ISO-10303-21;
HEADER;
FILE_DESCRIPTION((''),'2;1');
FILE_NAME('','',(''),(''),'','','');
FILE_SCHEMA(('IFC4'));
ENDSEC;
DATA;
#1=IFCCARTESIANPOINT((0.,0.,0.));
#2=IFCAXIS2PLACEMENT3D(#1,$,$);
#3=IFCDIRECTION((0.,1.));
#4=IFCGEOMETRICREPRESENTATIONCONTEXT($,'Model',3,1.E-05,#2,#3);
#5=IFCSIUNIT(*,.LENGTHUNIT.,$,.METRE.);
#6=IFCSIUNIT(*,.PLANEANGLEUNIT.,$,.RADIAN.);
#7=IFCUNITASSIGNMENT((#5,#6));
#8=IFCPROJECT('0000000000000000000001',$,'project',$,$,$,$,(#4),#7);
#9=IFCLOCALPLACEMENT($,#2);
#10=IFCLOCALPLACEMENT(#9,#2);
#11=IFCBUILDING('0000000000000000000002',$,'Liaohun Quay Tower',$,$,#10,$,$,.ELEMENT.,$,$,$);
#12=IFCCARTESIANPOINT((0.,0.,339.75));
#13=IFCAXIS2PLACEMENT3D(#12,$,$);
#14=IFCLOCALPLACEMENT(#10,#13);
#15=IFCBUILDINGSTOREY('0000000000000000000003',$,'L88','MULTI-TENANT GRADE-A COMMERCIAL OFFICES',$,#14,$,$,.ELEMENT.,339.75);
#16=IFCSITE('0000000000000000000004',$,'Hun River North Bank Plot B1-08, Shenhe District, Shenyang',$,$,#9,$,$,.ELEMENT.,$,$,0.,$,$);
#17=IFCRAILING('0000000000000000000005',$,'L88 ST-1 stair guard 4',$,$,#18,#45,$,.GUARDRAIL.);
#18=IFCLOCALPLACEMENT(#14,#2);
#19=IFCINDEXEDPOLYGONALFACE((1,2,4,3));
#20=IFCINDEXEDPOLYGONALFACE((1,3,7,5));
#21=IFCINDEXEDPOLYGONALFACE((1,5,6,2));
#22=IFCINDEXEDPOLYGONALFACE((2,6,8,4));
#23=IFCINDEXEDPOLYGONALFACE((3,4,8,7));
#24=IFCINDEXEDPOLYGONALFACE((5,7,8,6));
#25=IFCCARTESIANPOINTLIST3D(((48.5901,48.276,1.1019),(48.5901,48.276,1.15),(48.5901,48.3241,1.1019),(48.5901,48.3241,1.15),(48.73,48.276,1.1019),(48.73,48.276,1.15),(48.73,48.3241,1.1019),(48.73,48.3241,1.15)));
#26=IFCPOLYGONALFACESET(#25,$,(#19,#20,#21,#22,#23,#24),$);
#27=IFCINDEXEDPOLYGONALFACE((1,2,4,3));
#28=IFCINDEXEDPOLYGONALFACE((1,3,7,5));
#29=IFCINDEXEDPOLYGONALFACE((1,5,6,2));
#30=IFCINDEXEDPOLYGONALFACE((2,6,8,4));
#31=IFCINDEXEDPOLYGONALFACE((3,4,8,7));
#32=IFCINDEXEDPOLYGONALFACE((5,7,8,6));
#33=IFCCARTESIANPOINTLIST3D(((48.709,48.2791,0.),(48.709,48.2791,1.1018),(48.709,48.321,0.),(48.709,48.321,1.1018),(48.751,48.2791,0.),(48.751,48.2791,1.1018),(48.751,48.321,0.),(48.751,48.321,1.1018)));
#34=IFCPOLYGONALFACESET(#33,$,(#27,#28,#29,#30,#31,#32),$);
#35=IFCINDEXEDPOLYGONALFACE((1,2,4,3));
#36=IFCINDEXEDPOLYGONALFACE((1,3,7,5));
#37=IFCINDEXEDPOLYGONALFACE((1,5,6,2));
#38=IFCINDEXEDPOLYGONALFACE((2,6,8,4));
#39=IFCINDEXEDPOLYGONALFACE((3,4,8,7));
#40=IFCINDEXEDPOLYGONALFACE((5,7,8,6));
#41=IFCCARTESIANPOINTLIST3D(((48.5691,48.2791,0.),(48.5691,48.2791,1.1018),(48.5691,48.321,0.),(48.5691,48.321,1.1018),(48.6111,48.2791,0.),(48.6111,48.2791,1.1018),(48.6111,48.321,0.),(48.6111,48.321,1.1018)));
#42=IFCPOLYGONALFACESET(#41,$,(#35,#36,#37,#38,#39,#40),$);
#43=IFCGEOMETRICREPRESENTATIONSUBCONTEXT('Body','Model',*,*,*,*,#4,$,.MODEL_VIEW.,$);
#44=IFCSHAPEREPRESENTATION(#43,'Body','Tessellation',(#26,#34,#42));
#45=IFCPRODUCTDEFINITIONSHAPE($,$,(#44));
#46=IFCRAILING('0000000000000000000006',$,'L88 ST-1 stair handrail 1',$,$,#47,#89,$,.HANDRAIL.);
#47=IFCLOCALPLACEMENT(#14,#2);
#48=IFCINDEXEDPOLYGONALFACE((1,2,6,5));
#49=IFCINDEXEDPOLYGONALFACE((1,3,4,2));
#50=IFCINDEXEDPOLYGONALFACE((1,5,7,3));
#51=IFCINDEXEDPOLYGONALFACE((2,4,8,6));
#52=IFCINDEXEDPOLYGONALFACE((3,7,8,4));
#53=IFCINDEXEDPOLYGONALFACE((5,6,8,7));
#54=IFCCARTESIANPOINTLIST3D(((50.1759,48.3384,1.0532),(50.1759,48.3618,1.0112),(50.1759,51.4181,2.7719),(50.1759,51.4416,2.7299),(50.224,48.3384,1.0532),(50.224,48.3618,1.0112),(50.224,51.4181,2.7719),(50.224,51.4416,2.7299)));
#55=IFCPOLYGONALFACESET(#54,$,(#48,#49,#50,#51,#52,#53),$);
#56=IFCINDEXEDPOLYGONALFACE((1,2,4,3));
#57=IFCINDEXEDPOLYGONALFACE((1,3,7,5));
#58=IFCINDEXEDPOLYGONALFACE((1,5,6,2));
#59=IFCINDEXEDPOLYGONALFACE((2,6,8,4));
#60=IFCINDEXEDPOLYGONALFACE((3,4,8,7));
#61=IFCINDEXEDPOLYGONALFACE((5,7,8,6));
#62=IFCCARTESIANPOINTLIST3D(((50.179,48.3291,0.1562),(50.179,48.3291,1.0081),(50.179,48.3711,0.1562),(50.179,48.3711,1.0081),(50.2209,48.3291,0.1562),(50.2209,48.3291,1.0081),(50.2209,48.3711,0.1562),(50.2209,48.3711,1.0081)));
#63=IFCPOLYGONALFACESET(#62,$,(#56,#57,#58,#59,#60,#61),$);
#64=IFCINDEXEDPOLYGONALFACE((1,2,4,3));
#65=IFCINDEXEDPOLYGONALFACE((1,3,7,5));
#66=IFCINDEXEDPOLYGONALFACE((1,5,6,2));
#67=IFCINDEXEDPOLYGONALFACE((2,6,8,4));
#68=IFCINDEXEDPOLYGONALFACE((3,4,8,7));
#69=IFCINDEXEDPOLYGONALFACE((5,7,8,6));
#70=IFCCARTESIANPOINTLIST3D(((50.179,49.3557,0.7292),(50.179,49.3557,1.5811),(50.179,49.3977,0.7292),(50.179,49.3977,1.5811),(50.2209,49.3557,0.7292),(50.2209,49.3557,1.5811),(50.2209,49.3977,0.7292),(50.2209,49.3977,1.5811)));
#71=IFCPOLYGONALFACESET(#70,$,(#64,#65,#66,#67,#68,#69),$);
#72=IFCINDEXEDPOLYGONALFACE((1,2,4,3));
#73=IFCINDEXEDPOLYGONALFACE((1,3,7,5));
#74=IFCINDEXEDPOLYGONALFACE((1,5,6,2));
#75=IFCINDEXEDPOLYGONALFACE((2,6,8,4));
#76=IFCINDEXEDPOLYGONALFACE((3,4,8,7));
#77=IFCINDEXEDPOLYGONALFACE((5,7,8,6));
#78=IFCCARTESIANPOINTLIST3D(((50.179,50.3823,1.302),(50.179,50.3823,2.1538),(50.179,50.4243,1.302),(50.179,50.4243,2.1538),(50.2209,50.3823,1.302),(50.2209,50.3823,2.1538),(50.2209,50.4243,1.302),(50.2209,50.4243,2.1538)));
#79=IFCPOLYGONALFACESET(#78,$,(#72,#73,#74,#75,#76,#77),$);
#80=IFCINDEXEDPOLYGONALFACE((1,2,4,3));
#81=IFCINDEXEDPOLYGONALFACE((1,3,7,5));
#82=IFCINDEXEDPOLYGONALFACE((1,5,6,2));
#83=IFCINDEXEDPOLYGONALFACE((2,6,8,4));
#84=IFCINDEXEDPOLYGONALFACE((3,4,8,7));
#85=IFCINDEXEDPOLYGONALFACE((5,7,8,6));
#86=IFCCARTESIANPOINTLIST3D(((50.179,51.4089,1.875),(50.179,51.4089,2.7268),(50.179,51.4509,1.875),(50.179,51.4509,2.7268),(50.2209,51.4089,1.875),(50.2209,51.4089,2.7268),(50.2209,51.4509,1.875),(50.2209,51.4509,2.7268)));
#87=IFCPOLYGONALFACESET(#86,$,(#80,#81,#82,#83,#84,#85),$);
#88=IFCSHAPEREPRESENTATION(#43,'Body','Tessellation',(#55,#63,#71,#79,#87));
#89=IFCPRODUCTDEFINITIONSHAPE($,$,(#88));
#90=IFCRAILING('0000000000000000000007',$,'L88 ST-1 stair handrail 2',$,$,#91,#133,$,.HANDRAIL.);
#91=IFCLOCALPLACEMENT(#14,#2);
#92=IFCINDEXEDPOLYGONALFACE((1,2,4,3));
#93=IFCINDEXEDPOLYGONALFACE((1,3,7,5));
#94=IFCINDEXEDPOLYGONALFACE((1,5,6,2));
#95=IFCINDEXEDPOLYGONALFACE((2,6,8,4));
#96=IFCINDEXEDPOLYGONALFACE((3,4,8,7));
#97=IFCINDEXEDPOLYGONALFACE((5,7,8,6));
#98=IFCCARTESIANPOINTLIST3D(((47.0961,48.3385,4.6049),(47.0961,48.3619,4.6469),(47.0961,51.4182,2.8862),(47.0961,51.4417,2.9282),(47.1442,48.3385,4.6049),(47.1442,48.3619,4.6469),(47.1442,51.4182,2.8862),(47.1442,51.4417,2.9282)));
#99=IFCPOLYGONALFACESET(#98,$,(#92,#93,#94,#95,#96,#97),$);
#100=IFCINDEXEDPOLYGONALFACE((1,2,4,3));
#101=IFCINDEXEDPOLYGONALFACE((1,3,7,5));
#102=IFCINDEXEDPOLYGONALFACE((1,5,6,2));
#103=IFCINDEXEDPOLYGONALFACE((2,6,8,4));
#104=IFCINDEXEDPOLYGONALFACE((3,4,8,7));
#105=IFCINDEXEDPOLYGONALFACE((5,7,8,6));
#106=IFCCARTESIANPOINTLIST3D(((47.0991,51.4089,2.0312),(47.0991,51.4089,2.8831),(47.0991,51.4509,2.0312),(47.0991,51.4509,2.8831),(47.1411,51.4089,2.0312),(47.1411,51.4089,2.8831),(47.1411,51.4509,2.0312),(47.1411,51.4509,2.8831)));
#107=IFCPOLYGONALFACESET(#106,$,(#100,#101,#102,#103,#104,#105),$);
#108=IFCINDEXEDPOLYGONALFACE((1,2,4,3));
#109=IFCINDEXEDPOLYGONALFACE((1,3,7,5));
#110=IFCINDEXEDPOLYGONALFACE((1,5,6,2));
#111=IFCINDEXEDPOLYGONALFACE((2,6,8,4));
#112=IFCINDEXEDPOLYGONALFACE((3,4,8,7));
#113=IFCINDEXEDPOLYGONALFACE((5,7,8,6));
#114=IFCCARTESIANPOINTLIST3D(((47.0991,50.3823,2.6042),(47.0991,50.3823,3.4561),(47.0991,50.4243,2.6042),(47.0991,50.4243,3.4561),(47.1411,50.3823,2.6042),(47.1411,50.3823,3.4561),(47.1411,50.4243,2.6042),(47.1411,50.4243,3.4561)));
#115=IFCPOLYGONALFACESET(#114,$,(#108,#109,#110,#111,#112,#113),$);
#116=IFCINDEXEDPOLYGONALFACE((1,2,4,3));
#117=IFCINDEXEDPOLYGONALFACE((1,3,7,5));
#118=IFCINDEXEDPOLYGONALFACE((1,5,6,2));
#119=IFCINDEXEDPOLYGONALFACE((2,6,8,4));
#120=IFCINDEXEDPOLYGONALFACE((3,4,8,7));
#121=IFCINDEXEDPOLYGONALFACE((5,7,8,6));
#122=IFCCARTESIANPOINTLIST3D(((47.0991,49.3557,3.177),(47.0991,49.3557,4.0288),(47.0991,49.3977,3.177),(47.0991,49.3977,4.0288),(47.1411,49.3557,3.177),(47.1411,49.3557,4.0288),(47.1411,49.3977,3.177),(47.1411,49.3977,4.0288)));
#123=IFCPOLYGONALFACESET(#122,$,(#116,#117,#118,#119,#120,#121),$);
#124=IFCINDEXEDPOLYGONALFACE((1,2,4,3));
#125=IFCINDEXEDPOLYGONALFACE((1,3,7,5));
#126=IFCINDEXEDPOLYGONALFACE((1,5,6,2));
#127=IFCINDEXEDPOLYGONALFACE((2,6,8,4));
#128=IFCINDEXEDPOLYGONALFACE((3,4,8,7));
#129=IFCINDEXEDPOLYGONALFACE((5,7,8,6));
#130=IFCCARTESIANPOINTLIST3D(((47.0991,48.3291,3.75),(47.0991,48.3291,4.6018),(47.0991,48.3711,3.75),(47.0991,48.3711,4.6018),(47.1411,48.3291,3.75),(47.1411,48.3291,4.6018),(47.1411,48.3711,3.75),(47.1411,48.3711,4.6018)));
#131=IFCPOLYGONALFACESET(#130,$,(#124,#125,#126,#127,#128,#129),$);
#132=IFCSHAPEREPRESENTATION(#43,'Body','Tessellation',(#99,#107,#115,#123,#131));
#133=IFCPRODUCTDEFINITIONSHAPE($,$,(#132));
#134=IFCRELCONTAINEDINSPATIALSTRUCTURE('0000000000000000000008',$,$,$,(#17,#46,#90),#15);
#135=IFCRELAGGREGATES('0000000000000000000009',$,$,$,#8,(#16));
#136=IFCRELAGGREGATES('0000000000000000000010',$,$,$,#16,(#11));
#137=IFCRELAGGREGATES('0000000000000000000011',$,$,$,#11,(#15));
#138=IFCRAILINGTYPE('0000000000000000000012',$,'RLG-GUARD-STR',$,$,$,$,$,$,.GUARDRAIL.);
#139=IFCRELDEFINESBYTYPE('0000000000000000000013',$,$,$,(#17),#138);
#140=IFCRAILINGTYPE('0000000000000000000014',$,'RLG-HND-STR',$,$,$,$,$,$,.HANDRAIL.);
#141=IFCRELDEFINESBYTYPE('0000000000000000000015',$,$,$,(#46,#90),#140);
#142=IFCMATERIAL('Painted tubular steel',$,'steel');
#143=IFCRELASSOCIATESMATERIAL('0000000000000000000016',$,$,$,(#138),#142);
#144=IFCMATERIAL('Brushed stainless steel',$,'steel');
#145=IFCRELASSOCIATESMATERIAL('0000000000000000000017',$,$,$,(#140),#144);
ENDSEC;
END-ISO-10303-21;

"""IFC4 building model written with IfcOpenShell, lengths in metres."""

from ifc_helpers import new_model, si_unit, direction, frame, origin, origin_2d, place, context, subcontext, project, spatial, rectangle, extrude, material, type_object, element, save


model = new_model("IFC4")

# Units and contexts
model_context = context("Model", 3, precision=1e-05, world=origin(), true_north=direction((0.0, 1.0)))
body_context = subcontext(model_context, "Body", "Model", "MODEL_VIEW")
ifc_project = project(units=[si_unit("LENGTHUNIT", "METRE"), si_unit("PLANEANGLEUNIT", "RADIAN")], contexts=[model_context])

# Site, building, storey
site_placement = place(None, origin())
site = spatial("IfcSite", under=ifc_project, at=site_placement, Name="Hun River North Bank Plot B1-08, Shenhe District, Shenyang", CompositionType="ELEMENT", RefElevation=0.0)
building_placement = place(site_placement, origin())
building = spatial("IfcBuilding", under=site, at=building_placement, Name="Liaohun Quay Tower", CompositionType="ELEMENT")
storey_placement = place(building_placement, frame((0.0, 0.0, 339.75)))
storey = spatial("IfcBuildingStorey", under=building, at=storey_placement, Name="L88", Description="MULTI-TENANT GRADE-A COMMERCIAL OFFICES", CompositionType="ELEMENT", Elevation=339.75)

# Railings
ifc_material_1 = material(Name="Painted tubular steel", Category="steel")
railing_type_1 = type_object("IfcRailingType", Name="RLG-GUARD-STR", PredefinedType="GUARDRAIL", material=ifc_material_1)
railing_1_placement = place(storey_placement, frame((48.73, 48.3, 0.0)))
element("IfcRailing", 1, at=railing_1_placement, inside=storey, type_object=railing_type_1, Name="L88 ST-1 stair guard 4", PredefinedType="GUARDRAIL", context=body_context, shape_type="SweptSolid", body=[
    extrude(rectangle(XDim=0.0481, YDim=0.0481, at=origin_2d()), frame((0.0, 0.0, 1.126), z_axis=(-1.0, 0.0, 0.0), x_axis=(0.0, -1.0, 0.0)), (0.0, 0.0, 1.0), 0.1399),
    extrude(rectangle(XDim=0.042, YDim=0.042, at=origin_2d()), origin(), (0.0, 0.0, 1.0), 1.1018),
    extrude(rectangle(XDim=0.042, YDim=0.042, at=origin_2d()), frame((-0.1399, 0.0, 0.0)), (0.0, 0.0, 1.0), 1.1018),
])
ifc_material_2 = material(Name="Brushed stainless steel", Category="steel")
railing_type_2 = type_object("IfcRailingType", Name="RLG-HND-STR", PredefinedType="HANDRAIL", material=ifc_material_2)
railing_2_placement = place(storey_placement, frame((50.2, 48.3501, 0.1562)))
element("IfcRailing", 2, at=railing_2_placement, inside=storey, type_object=railing_type_2, Name="L88 ST-1 stair handrail 1", PredefinedType="HANDRAIL", context=body_context, shape_type="SweptSolid", body=[
    extrude(rectangle(XDim=0.0481, YDim=0.0481, at=origin_2d()), frame((0.0, 0.0, 0.876), z_axis=(0.0, 0.873225, 0.487317), x_axis=(-1.0, 0.0, 0.0)), (0.0, 0.0, 1.0), 3.5269),
    extrude(rectangle(XDim=0.042, YDim=0.042, at=origin_2d()), origin(), (0.0, 0.0, 1.0), 0.8518),
    extrude(rectangle(XDim=0.042, YDim=0.042, at=origin_2d()), frame((0.0, 1.0266, 0.573)), (0.0, 0.0, 1.0), 0.8518),
    extrude(rectangle(XDim=0.042, YDim=0.042, at=origin_2d()), frame((0.0, 2.0532, 1.1458)), (0.0, 0.0, 1.0), 0.8518),
    extrude(rectangle(XDim=0.042, YDim=0.042, at=origin_2d()), frame((0.0, 3.0798, 1.7188)), (0.0, 0.0, 1.0), 0.8518),
])
railing_3_placement = place(storey_placement, frame((47.1201, 51.4299, 2.0312)))
element("IfcRailing", 3, at=railing_3_placement, inside=storey, type_object=railing_type_2, Name="L88 ST-1 stair handrail 2", PredefinedType="HANDRAIL", context=body_context, shape_type="SweptSolid", body=[
    extrude(rectangle(XDim=0.0481, YDim=0.0481, at=origin_2d()), frame((0.0, 0.0, 0.876), z_axis=(0.0, -0.873225, 0.487317), x_axis=(1.0, 0.0, 0.0)), (0.0, 0.0, 1.0), 3.5269),
    extrude(rectangle(XDim=0.042, YDim=0.042, at=origin_2d()), origin(), (0.0, 0.0, 1.0), 0.8518),
    extrude(rectangle(XDim=0.042, YDim=0.042, at=origin_2d()), frame((0.0, -1.0266, 0.573)), (0.0, 0.0, 1.0), 0.8518),
    extrude(rectangle(XDim=0.042, YDim=0.042, at=origin_2d()), frame((0.0, -2.0532, 1.1458)), (0.0, 0.0, 1.0), 0.8518),
    extrude(rectangle(XDim=0.042, YDim=0.042, at=origin_2d()), frame((0.0, -3.0798, 1.7188)), (0.0, 0.0, 1.0), 0.8518),
])

save(model, "model.ifc")
